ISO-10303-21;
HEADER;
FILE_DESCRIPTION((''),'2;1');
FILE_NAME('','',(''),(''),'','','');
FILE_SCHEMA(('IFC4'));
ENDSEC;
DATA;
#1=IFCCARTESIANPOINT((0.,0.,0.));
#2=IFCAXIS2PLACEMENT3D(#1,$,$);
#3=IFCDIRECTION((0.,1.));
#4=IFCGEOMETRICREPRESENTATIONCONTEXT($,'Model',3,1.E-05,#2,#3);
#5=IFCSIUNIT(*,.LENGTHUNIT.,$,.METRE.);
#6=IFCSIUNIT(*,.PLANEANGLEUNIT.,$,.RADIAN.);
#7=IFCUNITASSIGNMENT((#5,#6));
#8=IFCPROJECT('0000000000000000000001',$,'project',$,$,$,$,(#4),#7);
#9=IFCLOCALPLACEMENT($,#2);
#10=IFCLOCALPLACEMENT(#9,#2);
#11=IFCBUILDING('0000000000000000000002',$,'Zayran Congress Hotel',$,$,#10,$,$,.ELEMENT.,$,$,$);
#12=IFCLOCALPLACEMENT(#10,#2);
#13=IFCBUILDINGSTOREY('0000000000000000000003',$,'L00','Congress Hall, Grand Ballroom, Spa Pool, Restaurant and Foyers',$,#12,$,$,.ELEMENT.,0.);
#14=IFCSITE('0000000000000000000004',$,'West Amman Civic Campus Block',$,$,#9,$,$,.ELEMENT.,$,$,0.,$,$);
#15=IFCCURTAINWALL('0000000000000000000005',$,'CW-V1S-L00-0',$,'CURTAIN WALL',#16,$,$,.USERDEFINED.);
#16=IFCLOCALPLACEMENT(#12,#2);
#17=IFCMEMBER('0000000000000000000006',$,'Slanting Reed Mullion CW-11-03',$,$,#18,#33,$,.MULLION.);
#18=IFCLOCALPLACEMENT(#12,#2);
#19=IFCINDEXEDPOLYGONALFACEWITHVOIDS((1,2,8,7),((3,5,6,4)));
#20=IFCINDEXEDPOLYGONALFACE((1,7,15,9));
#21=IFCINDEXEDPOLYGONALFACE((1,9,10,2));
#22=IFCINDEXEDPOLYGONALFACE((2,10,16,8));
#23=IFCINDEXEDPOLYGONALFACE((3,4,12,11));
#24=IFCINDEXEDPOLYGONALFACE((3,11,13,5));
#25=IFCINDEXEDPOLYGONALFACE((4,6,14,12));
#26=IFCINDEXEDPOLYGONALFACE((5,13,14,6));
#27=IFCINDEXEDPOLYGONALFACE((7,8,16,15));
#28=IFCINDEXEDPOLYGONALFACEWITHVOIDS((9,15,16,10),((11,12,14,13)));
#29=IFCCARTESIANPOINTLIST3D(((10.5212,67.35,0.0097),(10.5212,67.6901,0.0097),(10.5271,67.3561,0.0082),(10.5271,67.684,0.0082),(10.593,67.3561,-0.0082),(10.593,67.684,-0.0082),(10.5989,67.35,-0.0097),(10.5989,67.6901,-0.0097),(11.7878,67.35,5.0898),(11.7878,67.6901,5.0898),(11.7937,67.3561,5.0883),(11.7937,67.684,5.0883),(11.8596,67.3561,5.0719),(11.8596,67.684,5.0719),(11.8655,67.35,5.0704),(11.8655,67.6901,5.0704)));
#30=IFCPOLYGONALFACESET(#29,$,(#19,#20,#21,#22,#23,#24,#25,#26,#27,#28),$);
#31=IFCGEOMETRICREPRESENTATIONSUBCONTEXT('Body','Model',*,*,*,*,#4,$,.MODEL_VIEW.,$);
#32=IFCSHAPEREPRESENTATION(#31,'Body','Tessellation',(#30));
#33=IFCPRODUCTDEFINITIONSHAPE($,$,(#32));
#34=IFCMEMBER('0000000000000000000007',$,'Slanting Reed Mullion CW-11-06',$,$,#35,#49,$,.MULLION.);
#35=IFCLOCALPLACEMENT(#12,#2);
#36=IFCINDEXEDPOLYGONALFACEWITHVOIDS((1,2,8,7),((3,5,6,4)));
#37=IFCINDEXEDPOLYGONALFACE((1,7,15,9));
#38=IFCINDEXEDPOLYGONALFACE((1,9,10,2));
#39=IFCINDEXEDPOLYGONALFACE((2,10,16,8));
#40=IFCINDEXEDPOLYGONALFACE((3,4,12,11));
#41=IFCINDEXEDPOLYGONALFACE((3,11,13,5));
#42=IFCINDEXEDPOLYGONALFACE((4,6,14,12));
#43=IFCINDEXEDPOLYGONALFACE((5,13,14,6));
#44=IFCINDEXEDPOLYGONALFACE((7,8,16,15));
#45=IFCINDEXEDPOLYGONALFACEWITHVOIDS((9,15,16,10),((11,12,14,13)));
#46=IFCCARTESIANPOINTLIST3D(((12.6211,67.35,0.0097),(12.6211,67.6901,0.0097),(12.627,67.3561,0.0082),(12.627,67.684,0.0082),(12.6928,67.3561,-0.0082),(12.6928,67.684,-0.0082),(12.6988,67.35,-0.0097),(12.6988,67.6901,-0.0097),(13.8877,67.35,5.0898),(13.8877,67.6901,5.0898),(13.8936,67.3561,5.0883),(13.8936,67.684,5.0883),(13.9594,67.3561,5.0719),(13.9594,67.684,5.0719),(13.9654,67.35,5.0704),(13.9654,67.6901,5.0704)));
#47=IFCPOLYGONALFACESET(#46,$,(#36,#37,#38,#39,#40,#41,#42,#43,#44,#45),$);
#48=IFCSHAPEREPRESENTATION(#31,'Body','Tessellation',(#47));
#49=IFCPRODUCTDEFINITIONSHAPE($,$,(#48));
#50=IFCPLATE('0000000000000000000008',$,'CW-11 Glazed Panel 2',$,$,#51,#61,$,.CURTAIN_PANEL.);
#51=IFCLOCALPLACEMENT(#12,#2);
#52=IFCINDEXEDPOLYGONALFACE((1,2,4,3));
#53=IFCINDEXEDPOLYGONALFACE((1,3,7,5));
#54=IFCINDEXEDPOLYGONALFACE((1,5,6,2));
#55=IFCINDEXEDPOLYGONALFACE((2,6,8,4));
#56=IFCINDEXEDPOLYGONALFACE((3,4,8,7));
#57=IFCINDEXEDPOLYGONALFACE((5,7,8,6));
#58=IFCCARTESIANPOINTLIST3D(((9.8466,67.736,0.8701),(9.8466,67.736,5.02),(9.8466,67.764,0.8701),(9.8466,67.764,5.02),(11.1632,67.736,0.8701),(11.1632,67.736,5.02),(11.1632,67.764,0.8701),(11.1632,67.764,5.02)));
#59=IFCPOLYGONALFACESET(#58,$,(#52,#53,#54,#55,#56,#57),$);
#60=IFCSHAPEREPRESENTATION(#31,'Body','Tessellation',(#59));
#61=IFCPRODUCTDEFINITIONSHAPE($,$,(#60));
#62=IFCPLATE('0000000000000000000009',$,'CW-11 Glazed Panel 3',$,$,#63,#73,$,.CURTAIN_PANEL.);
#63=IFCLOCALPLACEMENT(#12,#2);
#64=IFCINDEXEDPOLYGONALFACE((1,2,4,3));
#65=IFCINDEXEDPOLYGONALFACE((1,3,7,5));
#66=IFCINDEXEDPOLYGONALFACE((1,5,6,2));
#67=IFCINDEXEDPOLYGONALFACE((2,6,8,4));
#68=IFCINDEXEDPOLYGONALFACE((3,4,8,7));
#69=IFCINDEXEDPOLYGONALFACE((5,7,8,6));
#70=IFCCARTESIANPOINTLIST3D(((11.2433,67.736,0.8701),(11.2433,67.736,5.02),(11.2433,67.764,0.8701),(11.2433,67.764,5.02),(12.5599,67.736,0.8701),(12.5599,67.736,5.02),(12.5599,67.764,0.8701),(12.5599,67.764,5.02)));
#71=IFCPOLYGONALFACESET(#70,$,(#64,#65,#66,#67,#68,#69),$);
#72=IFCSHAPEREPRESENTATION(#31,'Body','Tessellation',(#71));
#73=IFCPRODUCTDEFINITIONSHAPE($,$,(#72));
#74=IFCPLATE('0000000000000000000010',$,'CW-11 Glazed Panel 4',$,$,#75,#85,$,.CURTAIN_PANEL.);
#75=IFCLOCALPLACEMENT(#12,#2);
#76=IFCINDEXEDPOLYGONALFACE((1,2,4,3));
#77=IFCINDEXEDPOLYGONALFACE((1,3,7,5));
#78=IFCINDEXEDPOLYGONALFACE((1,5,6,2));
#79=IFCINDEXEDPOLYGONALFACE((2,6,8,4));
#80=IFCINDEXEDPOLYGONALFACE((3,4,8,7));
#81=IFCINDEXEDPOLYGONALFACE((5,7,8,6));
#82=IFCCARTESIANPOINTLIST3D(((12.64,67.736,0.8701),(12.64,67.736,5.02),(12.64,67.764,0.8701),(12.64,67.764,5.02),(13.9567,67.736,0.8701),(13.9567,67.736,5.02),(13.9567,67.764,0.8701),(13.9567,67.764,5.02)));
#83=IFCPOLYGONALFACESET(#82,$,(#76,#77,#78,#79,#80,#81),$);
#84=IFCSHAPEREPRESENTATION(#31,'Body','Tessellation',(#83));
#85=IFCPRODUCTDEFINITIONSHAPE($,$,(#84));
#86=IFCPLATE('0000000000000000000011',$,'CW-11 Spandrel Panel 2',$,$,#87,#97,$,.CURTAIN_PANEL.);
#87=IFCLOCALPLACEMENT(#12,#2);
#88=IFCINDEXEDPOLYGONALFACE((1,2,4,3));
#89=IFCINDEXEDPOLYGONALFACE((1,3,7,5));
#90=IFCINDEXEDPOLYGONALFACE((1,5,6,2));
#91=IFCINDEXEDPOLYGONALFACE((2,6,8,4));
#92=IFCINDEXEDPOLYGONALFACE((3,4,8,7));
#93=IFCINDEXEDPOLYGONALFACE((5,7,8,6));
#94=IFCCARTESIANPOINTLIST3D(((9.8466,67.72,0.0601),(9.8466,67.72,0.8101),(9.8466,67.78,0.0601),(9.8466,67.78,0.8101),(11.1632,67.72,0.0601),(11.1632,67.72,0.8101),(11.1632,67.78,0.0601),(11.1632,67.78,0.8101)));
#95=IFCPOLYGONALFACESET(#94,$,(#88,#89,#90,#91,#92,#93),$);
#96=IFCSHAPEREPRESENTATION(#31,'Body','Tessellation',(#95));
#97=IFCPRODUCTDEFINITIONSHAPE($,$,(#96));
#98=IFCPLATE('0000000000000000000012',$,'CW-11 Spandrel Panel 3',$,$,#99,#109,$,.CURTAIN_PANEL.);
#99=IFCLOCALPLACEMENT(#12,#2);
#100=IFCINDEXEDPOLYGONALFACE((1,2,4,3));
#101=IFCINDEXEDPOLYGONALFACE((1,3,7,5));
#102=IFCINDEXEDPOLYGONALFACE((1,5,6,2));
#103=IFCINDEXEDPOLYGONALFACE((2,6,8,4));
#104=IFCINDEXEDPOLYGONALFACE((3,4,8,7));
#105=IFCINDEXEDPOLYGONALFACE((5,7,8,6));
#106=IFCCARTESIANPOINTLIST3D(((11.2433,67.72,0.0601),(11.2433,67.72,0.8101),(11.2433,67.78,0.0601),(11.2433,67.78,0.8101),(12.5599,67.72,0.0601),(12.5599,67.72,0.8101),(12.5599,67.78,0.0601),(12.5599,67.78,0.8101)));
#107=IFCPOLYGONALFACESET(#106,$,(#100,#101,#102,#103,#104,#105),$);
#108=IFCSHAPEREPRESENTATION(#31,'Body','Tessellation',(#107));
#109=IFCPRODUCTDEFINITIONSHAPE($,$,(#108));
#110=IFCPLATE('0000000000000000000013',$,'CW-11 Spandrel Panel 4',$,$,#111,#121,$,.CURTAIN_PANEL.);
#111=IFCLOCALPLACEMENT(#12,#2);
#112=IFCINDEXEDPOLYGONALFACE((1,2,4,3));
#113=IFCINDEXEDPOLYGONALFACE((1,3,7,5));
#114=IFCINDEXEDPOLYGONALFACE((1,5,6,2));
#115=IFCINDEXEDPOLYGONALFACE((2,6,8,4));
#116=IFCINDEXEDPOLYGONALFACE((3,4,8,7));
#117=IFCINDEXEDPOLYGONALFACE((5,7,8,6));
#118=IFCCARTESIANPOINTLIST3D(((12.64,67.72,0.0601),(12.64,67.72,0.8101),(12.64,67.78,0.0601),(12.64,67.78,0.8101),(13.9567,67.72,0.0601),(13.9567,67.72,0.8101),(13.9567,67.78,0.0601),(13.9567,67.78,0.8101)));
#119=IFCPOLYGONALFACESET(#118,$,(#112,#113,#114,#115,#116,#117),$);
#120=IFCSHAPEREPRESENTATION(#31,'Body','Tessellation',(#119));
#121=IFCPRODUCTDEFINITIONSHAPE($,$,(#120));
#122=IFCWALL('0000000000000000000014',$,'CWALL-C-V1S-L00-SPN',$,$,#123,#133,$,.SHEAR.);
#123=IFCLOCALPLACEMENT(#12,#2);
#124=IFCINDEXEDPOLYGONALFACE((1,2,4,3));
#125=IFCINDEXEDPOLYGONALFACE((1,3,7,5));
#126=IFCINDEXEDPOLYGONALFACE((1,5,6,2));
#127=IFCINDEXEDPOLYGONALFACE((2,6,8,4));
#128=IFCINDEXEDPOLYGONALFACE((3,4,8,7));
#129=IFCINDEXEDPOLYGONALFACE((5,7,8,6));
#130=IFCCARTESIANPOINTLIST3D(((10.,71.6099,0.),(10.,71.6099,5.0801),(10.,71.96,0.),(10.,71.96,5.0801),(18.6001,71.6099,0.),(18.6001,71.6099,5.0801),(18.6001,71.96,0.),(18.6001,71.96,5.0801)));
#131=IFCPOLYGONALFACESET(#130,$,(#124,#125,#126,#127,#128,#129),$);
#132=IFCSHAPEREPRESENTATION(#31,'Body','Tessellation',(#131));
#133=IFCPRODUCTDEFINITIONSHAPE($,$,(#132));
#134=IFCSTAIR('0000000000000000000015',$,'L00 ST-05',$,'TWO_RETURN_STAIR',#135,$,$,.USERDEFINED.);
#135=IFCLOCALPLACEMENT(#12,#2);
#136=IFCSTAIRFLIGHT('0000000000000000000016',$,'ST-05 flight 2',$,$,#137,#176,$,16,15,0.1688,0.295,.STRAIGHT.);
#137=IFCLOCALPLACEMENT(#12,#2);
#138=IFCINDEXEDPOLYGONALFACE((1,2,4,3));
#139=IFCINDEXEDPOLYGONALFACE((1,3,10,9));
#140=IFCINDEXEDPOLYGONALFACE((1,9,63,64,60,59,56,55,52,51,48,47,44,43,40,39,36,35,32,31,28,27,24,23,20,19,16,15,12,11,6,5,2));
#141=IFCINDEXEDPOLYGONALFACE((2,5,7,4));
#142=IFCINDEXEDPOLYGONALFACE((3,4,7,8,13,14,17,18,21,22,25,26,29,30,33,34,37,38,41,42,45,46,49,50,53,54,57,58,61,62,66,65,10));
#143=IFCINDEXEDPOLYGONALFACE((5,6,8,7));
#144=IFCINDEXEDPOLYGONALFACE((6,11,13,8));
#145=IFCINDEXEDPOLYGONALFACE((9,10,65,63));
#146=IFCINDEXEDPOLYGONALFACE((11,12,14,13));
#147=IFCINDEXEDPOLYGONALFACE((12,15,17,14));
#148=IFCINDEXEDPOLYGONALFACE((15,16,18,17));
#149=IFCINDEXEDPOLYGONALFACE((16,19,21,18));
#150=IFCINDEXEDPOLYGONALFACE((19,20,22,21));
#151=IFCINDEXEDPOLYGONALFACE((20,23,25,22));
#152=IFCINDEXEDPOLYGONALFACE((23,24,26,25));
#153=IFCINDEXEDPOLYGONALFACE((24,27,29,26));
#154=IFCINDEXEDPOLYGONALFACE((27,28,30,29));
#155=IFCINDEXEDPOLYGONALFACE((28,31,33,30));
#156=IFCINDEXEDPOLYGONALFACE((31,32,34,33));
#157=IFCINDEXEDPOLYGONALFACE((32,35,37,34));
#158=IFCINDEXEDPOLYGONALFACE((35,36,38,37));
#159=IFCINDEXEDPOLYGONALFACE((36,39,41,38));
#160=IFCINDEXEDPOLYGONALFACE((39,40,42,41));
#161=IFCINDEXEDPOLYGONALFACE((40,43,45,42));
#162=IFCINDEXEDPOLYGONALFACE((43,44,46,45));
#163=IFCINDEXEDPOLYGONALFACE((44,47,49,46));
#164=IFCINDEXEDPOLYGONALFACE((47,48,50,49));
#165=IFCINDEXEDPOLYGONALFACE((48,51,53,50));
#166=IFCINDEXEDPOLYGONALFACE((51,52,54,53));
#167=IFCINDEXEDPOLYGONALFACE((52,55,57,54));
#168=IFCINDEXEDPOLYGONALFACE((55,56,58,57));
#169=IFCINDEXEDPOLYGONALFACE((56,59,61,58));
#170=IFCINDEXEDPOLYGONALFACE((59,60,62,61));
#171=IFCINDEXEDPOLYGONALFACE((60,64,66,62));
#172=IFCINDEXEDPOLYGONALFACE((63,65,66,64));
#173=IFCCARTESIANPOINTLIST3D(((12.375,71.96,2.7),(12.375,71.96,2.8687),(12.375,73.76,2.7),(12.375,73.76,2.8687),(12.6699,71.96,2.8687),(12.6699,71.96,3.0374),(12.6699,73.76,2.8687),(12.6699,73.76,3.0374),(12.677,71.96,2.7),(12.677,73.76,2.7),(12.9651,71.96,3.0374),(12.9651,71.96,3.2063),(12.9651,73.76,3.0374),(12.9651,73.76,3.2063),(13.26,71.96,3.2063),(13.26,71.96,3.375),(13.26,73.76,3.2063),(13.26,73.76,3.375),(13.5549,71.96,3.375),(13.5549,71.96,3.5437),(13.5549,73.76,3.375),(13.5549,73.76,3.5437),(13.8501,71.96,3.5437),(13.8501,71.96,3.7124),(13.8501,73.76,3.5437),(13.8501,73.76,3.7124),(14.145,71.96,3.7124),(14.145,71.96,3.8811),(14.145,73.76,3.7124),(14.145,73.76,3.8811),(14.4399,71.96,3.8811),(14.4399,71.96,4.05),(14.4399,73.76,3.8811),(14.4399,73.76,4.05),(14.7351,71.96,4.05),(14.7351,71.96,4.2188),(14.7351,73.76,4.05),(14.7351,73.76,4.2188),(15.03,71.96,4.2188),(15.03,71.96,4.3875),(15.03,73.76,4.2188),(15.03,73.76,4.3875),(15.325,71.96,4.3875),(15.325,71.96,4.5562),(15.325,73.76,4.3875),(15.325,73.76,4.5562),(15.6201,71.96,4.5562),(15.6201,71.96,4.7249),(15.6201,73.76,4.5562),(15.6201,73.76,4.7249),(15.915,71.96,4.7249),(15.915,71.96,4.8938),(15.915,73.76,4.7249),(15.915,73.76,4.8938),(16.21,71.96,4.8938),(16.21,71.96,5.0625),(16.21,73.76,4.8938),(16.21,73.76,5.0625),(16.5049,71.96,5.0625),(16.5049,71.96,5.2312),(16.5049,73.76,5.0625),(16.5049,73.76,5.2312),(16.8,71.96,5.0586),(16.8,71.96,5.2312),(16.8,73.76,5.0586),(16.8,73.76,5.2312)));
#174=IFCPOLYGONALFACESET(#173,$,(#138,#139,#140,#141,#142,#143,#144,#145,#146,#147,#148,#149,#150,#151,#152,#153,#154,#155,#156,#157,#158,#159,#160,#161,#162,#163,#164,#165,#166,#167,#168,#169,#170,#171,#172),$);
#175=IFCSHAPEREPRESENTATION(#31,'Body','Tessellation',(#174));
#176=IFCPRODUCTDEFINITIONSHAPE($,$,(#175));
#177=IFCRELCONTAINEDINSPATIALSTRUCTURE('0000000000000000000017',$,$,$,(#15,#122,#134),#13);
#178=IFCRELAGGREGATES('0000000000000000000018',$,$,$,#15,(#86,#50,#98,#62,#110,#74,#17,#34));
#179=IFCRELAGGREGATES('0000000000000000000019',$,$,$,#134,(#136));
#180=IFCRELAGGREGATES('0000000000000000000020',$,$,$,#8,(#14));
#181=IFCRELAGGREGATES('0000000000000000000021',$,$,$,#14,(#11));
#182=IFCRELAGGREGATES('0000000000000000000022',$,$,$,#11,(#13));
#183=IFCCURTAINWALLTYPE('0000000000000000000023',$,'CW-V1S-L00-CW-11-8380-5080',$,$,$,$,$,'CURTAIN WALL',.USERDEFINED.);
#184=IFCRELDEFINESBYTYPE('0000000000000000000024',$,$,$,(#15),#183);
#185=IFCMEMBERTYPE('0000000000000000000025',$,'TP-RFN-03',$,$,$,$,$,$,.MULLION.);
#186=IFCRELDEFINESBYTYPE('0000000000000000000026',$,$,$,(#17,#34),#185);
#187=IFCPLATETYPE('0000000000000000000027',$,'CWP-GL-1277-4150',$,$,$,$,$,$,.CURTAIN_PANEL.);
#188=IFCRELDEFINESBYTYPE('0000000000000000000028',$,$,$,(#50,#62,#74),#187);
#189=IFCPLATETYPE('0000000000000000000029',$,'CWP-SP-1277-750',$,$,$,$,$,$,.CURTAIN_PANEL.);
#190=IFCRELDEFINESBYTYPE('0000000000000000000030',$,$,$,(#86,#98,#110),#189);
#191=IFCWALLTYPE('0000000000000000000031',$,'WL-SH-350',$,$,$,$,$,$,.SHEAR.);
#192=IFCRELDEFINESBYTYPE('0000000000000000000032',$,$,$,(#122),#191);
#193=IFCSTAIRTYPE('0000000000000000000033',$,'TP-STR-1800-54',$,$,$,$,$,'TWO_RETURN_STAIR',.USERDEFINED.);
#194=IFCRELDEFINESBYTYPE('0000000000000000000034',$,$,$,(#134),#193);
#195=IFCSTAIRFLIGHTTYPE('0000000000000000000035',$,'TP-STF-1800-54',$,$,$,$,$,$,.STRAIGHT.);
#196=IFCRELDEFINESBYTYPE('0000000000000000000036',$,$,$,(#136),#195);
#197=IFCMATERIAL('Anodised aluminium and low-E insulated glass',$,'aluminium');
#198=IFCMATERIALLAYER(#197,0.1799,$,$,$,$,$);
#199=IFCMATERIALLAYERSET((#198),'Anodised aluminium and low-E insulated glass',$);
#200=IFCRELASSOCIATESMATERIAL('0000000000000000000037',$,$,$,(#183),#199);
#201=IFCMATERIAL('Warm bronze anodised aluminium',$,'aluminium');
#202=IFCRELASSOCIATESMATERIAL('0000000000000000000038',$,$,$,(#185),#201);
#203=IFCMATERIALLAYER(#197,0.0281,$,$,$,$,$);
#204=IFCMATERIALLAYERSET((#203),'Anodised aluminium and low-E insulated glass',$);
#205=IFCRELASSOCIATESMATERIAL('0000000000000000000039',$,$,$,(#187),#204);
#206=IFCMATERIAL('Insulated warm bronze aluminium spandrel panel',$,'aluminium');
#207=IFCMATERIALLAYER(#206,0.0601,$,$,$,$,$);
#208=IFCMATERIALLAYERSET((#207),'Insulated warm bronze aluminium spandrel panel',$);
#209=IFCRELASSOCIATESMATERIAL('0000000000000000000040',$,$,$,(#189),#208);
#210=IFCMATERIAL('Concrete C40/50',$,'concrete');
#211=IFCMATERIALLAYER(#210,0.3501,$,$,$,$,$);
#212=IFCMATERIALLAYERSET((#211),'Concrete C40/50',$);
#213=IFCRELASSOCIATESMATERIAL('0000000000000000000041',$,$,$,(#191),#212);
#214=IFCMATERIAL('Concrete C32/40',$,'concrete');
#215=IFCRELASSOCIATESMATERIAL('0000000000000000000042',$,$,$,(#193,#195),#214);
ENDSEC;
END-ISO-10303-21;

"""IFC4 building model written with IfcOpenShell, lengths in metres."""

from ifc_helpers import new_model, si_unit, direction, frame, frame_2d, origin, origin_2d, place, context, subcontext, project, spatial, polyline, rectangle, hollow_rectangle, outline, extrude, material, layer, layer_set, material_profile, profile_set, type_object, element, aggregate, save


model = new_model("IFC4")

# Units and contexts
model_context = context("Model", 3, precision=1e-05, world=origin(), true_north=direction((0.0, 1.0)))
body_context = subcontext(model_context, "Body", "Model", "MODEL_VIEW")
ifc_project = project(units=[si_unit("LENGTHUNIT", "METRE"), si_unit("PLANEANGLEUNIT", "RADIAN")], contexts=[model_context])

# Site, building, storey
site_placement = place(None, origin())
site = spatial("IfcSite", under=ifc_project, at=site_placement, Name="West Amman Civic Campus Block", CompositionType="ELEMENT", RefElevation=0.0)
building_placement = place(site_placement, origin())
building = spatial("IfcBuilding", under=site, at=building_placement, Name="Zayran Congress Hotel", CompositionType="ELEMENT")
storey_placement = place(building_placement, origin())
storey = spatial("IfcBuildingStorey", under=building, at=storey_placement, Name="L00", Description="Congress Hall, Grand Ballroom, Spa Pool, Restaurant and Foyers", CompositionType="ELEMENT", Elevation=0.0)

# Curtain wall, members, plates
ifc_material_1 = material(Name="Anodised aluminium and low-E insulated glass", Category="aluminium")
ifc_layer_1 = layer(ifc_material_1, 0.1799)
ifc_layer_set_1 = layer_set([ifc_layer_1], Name="Anodised aluminium and low-E insulated glass")
curtain_wall_type = type_object("IfcCurtainWallType", Name="CW-V1S-L00-CW-11-8380-5080", ElementType="CURTAIN WALL", PredefinedType="USERDEFINED", material=ifc_layer_set_1)
curtain_wall_placement = place(storey_placement, origin())
curtain_wall = element("IfcCurtainWall", 1, at=curtain_wall_placement, inside=storey, type_object=curtain_wall_type, Name="CW-V1S-L00-0", ObjectType="CURTAIN WALL", PredefinedType="USERDEFINED")
ifc_material_2 = material(Name="Warm bronze anodised aluminium", Category="aluminium")
ifc_material_profile_1 = material_profile(ifc_material_2, hollow_rectangle(XDim=0.0801, YDim=0.3401, WallThickness=0.0061, at=origin_2d()), Name="RHS 340x80x6")
ifc_profile_set_1 = profile_set([ifc_material_profile_1], Name="Warm bronze anodised aluminium")
member_type_1 = type_object("IfcMemberType", Name="TP-RFN-03", PredefinedType="MULLION", material=ifc_profile_set_1)
member_1_placement = place(storey_placement, frame((10.5601, 67.52, 0.0), z_axis=(0.241921, 0.0, 0.970296), x_axis=(-0.970296, 0.0, 0.241921)))
member_1 = element("IfcMember", 2, at=member_1_placement, type_object=member_type_1, Name="Slanting Reed Mullion CW-11-03", PredefinedType="MULLION", context=body_context, shape_type="SweptSolid", body=[
    extrude(hollow_rectangle(XDim=0.0801, YDim=0.3401, WallThickness=0.0061, at=origin_2d()), origin(), (0.0, 0.0, 1.0), 5.2356),
])
member_2_placement = place(storey_placement, frame((12.6599, 67.52, 0.0), z_axis=(0.241921, 0.0, 0.970296), x_axis=(-0.970296, 0.0, 0.241921)))
member_2 = element("IfcMember", 3, at=member_2_placement, type_object=member_type_1, Name="Slanting Reed Mullion CW-11-06", PredefinedType="MULLION", context=body_context, shape_type="SweptSolid", body=[
    extrude(hollow_rectangle(XDim=0.0801, YDim=0.3401, WallThickness=0.0061, at=origin_2d()), origin(), (0.0, 0.0, 1.0), 5.2356),
])
ifc_layer_2 = layer(ifc_material_1, 0.0281)
ifc_layer_set_2 = layer_set([ifc_layer_2], Name="Anodised aluminium and low-E insulated glass")
plate_type_1 = type_object("IfcPlateType", Name="CWP-GL-1277-4150", PredefinedType="CURTAIN_PANEL", material=ifc_layer_set_2)
plate_1_placement = place(storey_placement, frame((10.5049, 67.75, 0.8701), z_axis=(0.0, 0.0, 1.0), x_axis=(1.0, 0.0, 0.0)))
plate_1 = element("IfcPlate", 4, at=plate_1_placement, type_object=plate_type_1, Name="CW-11 Glazed Panel 2", PredefinedType="CURTAIN_PANEL", context=body_context, shape_type="SweptSolid", body=[
    extrude(rectangle(XDim=1.3167, YDim=0.0281, at=origin_2d()), origin(), (0.0, 0.0, 1.0), 4.1499),
])
plate_2_placement = place(storey_placement, frame((11.9016, 67.75, 0.8701), z_axis=(0.0, 0.0, 1.0), x_axis=(1.0, 0.0, 0.0)))
plate_2 = element("IfcPlate", 5, at=plate_2_placement, type_object=plate_type_1, Name="CW-11 Glazed Panel 3", PredefinedType="CURTAIN_PANEL", context=body_context, shape_type="SweptSolid", body=[
    extrude(rectangle(XDim=1.3167, YDim=0.0281, at=origin_2d()), origin(), (0.0, 0.0, 1.0), 4.1499),
])
plate_3_placement = place(storey_placement, frame((13.2983, 67.75, 0.8701), z_axis=(0.0, 0.0, 1.0), x_axis=(1.0, 0.0, 0.0)))
plate_3 = element("IfcPlate", 6, at=plate_3_placement, type_object=plate_type_1, Name="CW-11 Glazed Panel 4", PredefinedType="CURTAIN_PANEL", context=body_context, shape_type="SweptSolid", body=[
    extrude(rectangle(XDim=1.3167, YDim=0.0281, at=origin_2d()), origin(), (0.0, 0.0, 1.0), 4.1499),
])
ifc_material_3 = material(Name="Insulated warm bronze aluminium spandrel panel", Category="aluminium")
ifc_layer_3 = layer(ifc_material_3, 0.0601)
ifc_layer_set_3 = layer_set([ifc_layer_3], Name="Insulated warm bronze aluminium spandrel panel")
plate_type_2 = type_object("IfcPlateType", Name="CWP-SP-1277-750", PredefinedType="CURTAIN_PANEL", material=ifc_layer_set_3)
plate_4_placement = place(storey_placement, frame((10.5049, 67.75, 0.0601), z_axis=(0.0, 0.0, 1.0), x_axis=(1.0, 0.0, 0.0)))
plate_4 = element("IfcPlate", 7, at=plate_4_placement, type_object=plate_type_2, Name="CW-11 Spandrel Panel 2", PredefinedType="CURTAIN_PANEL", context=body_context, shape_type="SweptSolid", body=[
    extrude(rectangle(XDim=1.3167, YDim=0.0601, at=origin_2d()), origin(), (0.0, 0.0, 1.0), 0.75),
])
plate_5_placement = place(storey_placement, frame((11.9016, 67.75, 0.0601), z_axis=(0.0, 0.0, 1.0), x_axis=(1.0, 0.0, 0.0)))
plate_5 = element("IfcPlate", 8, at=plate_5_placement, type_object=plate_type_2, Name="CW-11 Spandrel Panel 3", PredefinedType="CURTAIN_PANEL", context=body_context, shape_type="SweptSolid", body=[
    extrude(rectangle(XDim=1.3167, YDim=0.0601, at=origin_2d()), origin(), (0.0, 0.0, 1.0), 0.75),
])
plate_6_placement = place(storey_placement, frame((13.2983, 67.75, 0.0601), z_axis=(0.0, 0.0, 1.0), x_axis=(1.0, 0.0, 0.0)))
plate_6 = element("IfcPlate", 9, at=plate_6_placement, type_object=plate_type_2, Name="CW-11 Spandrel Panel 4", PredefinedType="CURTAIN_PANEL", context=body_context, shape_type="SweptSolid", body=[
    extrude(rectangle(XDim=1.3167, YDim=0.0601, at=origin_2d()), origin(), (0.0, 0.0, 1.0), 0.75),
])
aggregate(curtain_wall, [plate_4, plate_1, plate_5, plate_2, plate_6, plate_3, member_1, member_2])

# Wall
ifc_material_4 = material(Name="Concrete C40/50", Category="concrete")
ifc_layer_4 = layer(ifc_material_4, 0.3501)
ifc_layer_set_4 = layer_set([ifc_layer_4], Name="Concrete C40/50")
wall_type = type_object("IfcWallType", Name="WL-SH-350", PredefinedType="SHEAR", material=ifc_layer_set_4)
wall_placement = place(storey_placement, frame((10.0, 71.7849, 0.0), z_axis=(0.0, 0.0, 1.0), x_axis=(1.0, 0.0, 0.0)))
element("IfcWall", 10, at=wall_placement, inside=storey, type_object=wall_type, Name="CWALL-C-V1S-L00-SPN", PredefinedType="SHEAR", context=body_context, shape_type="SweptSolid", body=[
    extrude(rectangle(XDim=8.6001, YDim=0.3501, at=frame_2d((4.3, 0.0))), origin(), (0.0, 0.0, 1.0), 5.0801),
])

# Stair, stair flight
ifc_material_5 = material(Name="Concrete C32/40", Category="concrete")
stair_type = type_object("IfcStairType", Name="TP-STR-1800-54", ElementType="TWO_RETURN_STAIR", PredefinedType="USERDEFINED", material=ifc_material_5)
stair_placement = place(storey_placement, origin())
stair = element("IfcStair", 11, at=stair_placement, inside=storey, type_object=stair_type, Name="L00 ST-05", ObjectType="TWO_RETURN_STAIR", PredefinedType="USERDEFINED")
stair_flight_type = type_object("IfcStairFlightType", Name="TP-STF-1800-54", PredefinedType="STRAIGHT", material=ifc_material_5)
stair_flight_placement = place(storey_placement, frame((12.375, 72.8601, 2.7), z_axis=(0.0, 0.0, 1.0), x_axis=(1.0, 0.0, 0.0)))
stair_flight = element("IfcStairFlight", 12, at=stair_flight_placement, type_object=stair_flight_type, Name="ST-05 flight 2", NumberOfRisers=16, NumberOfTreads=15, PredefinedType="STRAIGHT", RiserHeight=0.1688, TreadLength=0.295, context=body_context, shape_type="SweptSolid", body=[
    extrude(outline(polyline([(0.0, 0.0), (0.0, 0.1687), (0.2949, 0.1687), (0.2949, 0.3374), (0.5901, 0.3374), (0.5901, 0.5063), (0.885, 0.5063), (0.885, 0.675), (1.1799, 0.675), (1.1799, 0.8438), (1.4751, 0.8438), (1.4751, 1.0125), (1.77, 1.0125), (1.77, 1.1812), (2.0649, 1.1812), (2.0649, 1.3501), (2.3601, 1.3501), (2.3601, 1.5188), (2.655, 1.5188), (2.655, 1.6875), (2.95, 1.6875), (2.95, 1.8562), (3.2451, 1.8562), (3.2451, 2.0249), (3.54, 2.0249), (3.54, 2.1938), (3.835, 2.1938), (3.835, 2.3625), (4.1299, 2.3625), (4.1299, 2.5312), (4.425, 2.5312), (4.425, 2.7), (4.425, 2.3586), (0.302, 0.0), (0.0, 0.0)])), frame((0.0, 0.8999, 0.0), z_axis=(0.0, -1.0, 0.0), x_axis=(1.0, 0.0, 0.0)), (0.0, 0.0, 1.0), 1.8),
])
aggregate(stair, [stair_flight])

save(model, "model.ifc")
